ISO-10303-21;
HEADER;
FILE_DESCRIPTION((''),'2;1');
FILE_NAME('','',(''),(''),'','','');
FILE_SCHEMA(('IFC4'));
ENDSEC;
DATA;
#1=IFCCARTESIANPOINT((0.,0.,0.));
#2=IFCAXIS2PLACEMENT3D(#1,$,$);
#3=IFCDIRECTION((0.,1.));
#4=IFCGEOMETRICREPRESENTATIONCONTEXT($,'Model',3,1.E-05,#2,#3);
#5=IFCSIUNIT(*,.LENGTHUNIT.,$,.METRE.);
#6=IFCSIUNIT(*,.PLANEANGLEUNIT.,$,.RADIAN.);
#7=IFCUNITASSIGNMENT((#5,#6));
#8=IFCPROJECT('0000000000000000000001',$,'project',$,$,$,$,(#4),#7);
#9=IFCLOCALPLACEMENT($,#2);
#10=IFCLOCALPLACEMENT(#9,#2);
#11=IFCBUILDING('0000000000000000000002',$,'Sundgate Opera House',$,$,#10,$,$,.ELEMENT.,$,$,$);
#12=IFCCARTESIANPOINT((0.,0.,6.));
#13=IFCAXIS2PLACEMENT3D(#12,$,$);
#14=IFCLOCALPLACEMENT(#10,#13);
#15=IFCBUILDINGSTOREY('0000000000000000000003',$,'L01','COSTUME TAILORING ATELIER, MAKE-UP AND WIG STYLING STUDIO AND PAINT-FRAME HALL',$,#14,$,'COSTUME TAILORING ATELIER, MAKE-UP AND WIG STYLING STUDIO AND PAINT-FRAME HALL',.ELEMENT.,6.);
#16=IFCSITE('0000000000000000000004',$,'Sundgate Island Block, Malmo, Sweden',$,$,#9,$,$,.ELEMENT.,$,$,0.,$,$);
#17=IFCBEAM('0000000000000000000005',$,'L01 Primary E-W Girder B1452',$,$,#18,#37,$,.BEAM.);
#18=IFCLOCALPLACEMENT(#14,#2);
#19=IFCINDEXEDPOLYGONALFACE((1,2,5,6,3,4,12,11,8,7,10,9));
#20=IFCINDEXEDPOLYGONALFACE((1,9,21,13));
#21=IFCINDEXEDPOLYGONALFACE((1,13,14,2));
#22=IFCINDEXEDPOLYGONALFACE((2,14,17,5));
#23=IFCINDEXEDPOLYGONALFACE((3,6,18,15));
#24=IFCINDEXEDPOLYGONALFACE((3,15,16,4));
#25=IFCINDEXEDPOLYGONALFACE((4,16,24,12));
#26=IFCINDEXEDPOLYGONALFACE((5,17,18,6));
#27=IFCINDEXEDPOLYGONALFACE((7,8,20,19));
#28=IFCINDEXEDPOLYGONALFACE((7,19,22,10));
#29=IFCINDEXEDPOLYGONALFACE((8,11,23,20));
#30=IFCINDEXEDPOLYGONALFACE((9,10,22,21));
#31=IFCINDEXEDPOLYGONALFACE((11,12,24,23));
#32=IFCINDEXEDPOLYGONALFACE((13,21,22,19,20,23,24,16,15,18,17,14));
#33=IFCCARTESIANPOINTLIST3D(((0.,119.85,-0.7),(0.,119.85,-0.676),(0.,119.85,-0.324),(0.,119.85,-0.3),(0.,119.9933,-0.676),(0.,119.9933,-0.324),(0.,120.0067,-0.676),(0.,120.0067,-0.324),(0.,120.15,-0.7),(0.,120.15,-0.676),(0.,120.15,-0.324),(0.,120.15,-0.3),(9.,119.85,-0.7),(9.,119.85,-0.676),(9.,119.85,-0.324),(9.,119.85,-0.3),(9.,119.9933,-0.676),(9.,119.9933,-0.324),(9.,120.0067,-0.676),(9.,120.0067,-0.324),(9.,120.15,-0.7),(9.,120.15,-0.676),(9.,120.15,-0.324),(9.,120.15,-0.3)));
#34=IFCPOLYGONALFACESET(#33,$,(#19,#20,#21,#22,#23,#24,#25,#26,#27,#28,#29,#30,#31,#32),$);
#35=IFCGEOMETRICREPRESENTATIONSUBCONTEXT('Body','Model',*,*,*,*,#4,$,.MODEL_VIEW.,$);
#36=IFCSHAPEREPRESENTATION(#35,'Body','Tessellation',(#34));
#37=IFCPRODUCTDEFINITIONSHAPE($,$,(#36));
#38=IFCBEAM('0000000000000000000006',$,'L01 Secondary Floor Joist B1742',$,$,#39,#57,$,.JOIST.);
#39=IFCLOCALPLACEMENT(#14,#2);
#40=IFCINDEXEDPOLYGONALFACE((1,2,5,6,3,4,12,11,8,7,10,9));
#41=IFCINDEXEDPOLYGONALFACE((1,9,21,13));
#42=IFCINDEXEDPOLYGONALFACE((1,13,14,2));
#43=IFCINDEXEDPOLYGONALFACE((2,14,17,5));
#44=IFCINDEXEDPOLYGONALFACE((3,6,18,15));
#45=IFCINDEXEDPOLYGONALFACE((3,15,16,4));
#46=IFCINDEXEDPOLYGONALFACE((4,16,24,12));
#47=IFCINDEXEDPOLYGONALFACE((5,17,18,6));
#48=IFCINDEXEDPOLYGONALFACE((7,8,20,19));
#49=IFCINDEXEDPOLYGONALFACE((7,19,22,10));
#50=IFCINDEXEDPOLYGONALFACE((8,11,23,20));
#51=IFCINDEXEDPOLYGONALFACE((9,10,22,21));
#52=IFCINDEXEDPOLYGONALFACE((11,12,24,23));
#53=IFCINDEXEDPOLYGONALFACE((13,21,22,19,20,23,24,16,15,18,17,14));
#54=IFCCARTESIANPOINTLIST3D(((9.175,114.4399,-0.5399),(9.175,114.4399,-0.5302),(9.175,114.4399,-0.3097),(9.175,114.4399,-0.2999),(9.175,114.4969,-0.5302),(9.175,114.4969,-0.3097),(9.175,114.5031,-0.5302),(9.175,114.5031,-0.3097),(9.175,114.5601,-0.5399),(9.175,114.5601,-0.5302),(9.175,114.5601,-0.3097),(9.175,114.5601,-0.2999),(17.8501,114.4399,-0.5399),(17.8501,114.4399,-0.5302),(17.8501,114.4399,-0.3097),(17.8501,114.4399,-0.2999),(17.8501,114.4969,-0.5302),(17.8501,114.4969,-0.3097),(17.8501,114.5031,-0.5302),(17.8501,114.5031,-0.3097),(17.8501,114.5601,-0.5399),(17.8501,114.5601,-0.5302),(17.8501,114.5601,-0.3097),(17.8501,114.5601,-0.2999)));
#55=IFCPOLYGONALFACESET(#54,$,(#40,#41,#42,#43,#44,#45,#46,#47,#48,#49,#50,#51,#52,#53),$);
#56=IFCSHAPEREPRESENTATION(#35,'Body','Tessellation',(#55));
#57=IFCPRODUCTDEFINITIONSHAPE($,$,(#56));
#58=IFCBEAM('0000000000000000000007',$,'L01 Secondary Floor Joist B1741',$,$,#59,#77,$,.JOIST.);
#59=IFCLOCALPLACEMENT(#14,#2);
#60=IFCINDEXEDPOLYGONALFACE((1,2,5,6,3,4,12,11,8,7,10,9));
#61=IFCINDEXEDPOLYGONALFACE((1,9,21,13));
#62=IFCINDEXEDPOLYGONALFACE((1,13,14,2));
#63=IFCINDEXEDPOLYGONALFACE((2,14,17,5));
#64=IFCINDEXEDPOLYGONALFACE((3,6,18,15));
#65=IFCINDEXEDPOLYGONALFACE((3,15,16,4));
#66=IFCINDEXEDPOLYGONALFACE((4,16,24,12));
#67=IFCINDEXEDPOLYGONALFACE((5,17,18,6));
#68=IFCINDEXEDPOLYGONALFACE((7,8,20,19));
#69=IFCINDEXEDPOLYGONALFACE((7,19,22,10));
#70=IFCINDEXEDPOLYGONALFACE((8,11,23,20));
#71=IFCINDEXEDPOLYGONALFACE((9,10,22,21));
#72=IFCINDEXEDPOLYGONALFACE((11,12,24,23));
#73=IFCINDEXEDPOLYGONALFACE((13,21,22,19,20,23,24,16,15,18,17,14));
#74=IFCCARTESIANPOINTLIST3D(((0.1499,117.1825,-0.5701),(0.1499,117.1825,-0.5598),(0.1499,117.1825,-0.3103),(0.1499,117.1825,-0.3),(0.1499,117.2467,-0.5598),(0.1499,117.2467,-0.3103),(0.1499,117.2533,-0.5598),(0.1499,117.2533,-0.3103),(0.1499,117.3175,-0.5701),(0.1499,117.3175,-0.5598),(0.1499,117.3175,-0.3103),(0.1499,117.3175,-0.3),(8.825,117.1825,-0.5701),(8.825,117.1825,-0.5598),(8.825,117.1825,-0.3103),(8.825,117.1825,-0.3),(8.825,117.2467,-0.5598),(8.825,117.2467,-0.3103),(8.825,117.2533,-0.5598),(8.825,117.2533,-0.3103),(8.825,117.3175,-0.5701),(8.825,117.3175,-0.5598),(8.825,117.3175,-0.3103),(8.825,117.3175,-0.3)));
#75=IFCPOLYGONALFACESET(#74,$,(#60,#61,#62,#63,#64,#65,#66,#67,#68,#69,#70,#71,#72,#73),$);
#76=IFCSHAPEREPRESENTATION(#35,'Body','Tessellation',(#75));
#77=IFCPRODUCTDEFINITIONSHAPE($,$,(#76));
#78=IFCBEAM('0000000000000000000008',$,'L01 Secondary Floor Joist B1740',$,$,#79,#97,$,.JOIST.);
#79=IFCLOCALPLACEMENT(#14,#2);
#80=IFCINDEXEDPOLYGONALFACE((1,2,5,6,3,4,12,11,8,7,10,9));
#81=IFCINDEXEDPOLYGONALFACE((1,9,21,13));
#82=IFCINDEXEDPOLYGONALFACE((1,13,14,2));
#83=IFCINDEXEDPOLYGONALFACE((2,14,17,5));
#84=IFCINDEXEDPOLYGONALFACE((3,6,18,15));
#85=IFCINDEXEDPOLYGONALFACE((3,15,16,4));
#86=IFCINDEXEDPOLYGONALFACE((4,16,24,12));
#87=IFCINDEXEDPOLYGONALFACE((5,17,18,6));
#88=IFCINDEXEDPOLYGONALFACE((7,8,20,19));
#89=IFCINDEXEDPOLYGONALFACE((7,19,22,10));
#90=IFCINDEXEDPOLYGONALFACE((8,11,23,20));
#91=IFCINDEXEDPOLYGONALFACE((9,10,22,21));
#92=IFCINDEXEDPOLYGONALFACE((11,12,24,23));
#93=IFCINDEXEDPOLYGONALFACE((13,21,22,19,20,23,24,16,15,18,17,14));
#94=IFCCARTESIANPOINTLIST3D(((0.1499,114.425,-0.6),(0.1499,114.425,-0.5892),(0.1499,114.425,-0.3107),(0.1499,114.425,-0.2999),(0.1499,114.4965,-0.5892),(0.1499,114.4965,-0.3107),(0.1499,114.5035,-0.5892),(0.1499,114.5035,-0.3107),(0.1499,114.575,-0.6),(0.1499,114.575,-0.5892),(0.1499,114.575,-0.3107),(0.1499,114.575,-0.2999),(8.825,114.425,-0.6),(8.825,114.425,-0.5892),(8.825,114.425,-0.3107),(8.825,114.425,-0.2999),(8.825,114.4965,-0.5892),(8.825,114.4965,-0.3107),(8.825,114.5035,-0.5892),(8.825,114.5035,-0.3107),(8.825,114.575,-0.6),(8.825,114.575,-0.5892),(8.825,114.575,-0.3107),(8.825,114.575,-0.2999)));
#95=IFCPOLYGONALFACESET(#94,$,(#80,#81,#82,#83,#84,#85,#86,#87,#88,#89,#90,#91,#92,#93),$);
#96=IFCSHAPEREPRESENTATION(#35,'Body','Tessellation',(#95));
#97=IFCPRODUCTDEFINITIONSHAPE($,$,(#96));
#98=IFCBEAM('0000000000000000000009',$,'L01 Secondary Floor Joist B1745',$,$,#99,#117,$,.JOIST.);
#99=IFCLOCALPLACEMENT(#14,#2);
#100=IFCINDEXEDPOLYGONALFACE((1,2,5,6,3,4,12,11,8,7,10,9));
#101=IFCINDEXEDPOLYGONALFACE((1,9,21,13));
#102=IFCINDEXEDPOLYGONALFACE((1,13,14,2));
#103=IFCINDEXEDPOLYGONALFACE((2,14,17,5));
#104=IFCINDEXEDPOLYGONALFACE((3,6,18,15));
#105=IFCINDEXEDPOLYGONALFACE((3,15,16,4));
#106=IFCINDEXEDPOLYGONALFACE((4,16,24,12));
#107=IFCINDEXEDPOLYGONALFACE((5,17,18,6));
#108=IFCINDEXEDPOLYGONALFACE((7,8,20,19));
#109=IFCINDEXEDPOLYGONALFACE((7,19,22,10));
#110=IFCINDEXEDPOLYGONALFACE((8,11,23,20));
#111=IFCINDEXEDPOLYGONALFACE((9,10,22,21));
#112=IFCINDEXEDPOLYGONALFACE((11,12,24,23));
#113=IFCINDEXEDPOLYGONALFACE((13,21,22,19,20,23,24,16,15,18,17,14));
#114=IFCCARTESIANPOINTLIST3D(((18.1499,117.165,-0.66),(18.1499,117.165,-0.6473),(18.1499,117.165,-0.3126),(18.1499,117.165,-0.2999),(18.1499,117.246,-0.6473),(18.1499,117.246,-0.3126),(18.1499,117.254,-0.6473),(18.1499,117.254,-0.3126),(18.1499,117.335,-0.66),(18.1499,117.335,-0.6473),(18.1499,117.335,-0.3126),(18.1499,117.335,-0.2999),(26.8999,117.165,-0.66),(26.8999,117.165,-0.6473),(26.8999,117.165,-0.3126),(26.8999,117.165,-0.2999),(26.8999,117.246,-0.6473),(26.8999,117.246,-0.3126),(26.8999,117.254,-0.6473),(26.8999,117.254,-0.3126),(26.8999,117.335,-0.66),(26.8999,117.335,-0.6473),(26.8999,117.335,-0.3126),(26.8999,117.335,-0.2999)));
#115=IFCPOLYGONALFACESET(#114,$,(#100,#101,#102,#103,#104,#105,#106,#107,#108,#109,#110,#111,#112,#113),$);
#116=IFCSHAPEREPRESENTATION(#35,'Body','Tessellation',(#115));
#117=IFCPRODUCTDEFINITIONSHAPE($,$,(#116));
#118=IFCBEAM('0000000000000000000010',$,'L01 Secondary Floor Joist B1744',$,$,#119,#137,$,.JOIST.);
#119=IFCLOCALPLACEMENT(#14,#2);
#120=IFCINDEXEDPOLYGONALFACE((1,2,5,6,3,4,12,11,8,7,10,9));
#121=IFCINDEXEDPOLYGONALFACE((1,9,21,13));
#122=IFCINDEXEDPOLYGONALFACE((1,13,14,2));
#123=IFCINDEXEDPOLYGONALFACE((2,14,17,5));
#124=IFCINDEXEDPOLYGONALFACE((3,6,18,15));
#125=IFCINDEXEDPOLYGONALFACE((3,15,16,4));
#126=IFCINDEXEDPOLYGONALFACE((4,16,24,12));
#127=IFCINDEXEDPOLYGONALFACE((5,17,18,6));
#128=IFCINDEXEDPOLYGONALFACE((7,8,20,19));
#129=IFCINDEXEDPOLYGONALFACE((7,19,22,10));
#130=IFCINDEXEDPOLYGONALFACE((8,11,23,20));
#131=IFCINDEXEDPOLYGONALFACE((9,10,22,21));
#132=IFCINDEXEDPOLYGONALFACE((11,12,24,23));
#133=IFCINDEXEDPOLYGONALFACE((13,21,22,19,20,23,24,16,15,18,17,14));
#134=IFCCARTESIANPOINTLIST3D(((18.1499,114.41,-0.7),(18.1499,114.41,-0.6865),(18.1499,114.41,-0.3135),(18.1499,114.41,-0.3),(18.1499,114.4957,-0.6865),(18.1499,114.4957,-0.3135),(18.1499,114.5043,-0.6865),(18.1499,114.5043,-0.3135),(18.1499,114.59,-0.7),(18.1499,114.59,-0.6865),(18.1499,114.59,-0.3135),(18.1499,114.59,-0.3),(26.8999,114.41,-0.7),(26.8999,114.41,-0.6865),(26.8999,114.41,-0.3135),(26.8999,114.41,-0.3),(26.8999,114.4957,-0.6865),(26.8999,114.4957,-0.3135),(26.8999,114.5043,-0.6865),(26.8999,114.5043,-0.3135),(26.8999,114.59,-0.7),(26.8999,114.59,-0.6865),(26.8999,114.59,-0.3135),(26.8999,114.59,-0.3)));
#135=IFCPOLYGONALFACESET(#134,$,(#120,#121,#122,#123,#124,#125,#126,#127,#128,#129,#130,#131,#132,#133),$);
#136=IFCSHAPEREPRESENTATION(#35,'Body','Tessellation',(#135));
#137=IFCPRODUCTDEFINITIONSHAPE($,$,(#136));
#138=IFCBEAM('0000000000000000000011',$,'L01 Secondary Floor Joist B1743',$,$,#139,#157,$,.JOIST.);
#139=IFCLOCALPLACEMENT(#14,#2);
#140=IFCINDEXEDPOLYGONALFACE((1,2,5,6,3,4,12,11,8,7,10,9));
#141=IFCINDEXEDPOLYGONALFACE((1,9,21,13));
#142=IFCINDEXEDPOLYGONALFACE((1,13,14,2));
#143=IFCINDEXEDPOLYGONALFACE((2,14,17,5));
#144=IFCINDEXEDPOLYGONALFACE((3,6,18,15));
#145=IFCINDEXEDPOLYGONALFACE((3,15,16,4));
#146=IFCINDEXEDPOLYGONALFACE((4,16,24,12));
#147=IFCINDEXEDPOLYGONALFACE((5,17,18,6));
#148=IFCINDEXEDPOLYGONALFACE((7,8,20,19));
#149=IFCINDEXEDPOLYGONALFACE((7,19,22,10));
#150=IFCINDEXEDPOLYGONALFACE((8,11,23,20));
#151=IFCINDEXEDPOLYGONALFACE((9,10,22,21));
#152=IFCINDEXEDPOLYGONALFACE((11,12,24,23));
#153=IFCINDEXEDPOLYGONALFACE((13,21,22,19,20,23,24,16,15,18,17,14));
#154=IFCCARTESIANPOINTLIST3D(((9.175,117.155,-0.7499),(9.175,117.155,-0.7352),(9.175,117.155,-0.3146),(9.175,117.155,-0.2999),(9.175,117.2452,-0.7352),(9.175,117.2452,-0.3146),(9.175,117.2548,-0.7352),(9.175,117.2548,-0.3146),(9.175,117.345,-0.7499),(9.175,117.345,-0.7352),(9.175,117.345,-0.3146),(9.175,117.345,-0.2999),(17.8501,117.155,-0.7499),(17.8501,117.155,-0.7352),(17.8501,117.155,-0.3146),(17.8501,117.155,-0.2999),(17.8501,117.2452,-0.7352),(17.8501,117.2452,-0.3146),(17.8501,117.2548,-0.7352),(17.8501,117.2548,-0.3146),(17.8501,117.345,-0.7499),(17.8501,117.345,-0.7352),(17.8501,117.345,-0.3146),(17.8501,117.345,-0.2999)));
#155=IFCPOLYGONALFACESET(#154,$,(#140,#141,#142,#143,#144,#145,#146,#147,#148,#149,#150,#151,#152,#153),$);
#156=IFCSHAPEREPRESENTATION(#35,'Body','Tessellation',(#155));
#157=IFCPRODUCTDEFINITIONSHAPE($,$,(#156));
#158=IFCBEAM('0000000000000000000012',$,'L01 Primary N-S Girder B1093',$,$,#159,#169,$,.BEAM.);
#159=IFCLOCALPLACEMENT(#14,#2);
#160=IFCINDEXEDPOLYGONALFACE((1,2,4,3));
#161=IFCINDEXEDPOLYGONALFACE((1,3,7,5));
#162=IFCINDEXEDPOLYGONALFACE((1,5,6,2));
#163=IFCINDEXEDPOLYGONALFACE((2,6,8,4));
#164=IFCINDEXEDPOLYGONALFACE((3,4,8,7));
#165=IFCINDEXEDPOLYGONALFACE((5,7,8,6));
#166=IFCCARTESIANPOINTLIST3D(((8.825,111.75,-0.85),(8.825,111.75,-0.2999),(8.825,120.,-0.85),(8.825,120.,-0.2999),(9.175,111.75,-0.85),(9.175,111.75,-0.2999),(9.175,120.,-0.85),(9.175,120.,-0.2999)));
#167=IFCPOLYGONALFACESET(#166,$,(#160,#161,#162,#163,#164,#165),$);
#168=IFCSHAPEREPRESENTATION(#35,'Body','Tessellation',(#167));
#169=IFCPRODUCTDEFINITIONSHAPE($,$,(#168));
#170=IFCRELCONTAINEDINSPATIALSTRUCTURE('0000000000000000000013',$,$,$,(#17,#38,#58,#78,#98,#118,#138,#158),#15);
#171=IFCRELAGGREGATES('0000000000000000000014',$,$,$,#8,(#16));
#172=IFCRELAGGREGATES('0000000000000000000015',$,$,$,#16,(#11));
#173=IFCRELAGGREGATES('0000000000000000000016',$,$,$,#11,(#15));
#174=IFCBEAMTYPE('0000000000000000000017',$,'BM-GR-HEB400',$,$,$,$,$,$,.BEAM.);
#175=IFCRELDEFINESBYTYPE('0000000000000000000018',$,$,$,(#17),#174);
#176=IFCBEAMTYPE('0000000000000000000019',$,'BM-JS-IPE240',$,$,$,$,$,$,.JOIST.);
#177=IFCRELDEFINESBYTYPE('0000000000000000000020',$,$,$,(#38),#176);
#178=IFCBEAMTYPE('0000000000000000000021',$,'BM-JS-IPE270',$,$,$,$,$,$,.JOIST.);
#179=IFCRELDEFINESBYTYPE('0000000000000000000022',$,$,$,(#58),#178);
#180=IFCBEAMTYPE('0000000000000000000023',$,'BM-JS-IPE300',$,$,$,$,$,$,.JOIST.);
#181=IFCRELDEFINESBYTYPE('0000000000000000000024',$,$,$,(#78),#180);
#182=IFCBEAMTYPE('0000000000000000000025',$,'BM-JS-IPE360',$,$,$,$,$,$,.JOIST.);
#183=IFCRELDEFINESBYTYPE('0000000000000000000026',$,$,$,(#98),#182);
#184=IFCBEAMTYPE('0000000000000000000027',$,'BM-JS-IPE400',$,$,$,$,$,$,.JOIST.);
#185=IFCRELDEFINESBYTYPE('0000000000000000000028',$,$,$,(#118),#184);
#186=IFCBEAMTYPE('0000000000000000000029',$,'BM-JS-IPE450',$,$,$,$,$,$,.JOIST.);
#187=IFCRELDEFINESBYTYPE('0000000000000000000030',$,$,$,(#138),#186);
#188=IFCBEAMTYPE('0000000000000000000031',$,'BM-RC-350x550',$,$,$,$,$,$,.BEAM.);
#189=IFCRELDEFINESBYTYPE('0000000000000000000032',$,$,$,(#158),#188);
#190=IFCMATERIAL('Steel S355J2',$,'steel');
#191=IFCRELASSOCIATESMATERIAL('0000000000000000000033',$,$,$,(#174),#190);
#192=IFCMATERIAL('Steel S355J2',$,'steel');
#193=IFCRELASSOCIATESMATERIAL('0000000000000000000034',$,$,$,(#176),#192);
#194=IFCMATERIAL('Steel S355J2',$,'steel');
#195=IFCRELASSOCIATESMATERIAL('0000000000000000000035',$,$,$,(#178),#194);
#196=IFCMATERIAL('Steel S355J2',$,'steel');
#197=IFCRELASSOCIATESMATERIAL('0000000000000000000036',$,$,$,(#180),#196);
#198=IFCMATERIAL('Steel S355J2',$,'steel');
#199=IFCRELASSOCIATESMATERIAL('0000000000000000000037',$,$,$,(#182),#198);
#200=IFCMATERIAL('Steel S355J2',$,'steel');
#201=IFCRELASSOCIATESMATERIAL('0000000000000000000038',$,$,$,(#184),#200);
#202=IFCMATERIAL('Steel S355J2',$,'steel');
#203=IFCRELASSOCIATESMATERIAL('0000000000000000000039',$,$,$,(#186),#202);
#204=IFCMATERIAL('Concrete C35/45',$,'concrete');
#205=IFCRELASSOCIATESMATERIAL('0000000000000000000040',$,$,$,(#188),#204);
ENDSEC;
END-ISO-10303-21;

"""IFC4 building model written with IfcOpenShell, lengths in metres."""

from ifc_helpers import new_model, si_unit, direction, frame, origin, origin_2d, place, context, subcontext, project, spatial, rectangle, i_section, extrude, material, material_profile, profile_set, type_object, element, save


model = new_model("IFC4")

# Units and contexts
model_context = context("Model", 3, precision=1e-05, world=origin(), true_north=direction((0.0, 1.0)))
body_context = subcontext(model_context, "Body", "Model", "MODEL_VIEW")
ifc_project = project(units=[si_unit("LENGTHUNIT", "METRE"), si_unit("PLANEANGLEUNIT", "RADIAN")], contexts=[model_context])

# Site, building, storey
site_placement = place(None, origin())
site = spatial("IfcSite", under=ifc_project, at=site_placement, Name="Sundgate Island Block, Malmo, Sweden", CompositionType="ELEMENT", RefElevation=0.0)
building_placement = place(site_placement, origin())
building = spatial("IfcBuilding", under=site, at=building_placement, Name="Sundgate Opera House", CompositionType="ELEMENT")
storey_placement = place(building_placement, frame((0.0, 0.0, 6.0)))
storey = spatial("IfcBuildingStorey", under=building, at=storey_placement, Name="L01", Description="COSTUME TAILORING ATELIER, MAKE-UP AND WIG STYLING STUDIO AND PAINT-FRAME HALL", LongName="COSTUME TAILORING ATELIER, MAKE-UP AND WIG STYLING STUDIO AND PAINT-FRAME HALL", CompositionType="ELEMENT", Elevation=6.0)

# Beams
ifc_material_1 = material(Name="Steel S355J2", Category="steel")
ifc_material_profile_1 = material_profile(ifc_material_1, i_section(OverallWidth=0.3, OverallDepth=0.3999, WebThickness=0.0134, FlangeThickness=0.0239, at=origin_2d()), Name="HEB 400")
ifc_profile_set_1 = profile_set([ifc_material_profile_1], Name="Steel S355J2")
beam_type_1 = type_object("IfcBeamType", Name="BM-GR-HEB400", PredefinedType="BEAM", material=ifc_profile_set_1)
beam_1_placement = place(storey_placement, frame((0.0, 120.0, -0.5), z_axis=(1.0, 0.0, 0.0), x_axis=(0.0, 1.0, 0.0)))
element("IfcBeam", 1, at=beam_1_placement, inside=storey, type_object=beam_type_1, Name="L01 Primary E-W Girder B1452", PredefinedType="BEAM", context=body_context, shape_type="SweptSolid", body=[
    extrude(i_section(OverallWidth=0.3, OverallDepth=0.3999, WebThickness=0.0134, FlangeThickness=0.0239, at=origin_2d()), origin(), (0.0, 0.0, 1.0), 9.0),
])
ifc_material_2 = material(Name="Steel S355J2", Category="steel")
ifc_material_profile_2 = material_profile(ifc_material_2, i_section(OverallWidth=0.1201, OverallDepth=0.24, WebThickness=0.0061, FlangeThickness=0.0098, at=origin_2d()), Name="IPE 240")
ifc_profile_set_2 = profile_set([ifc_material_profile_2], Name="Steel S355J2")
beam_type_2 = type_object("IfcBeamType", Name="BM-JS-IPE240", PredefinedType="JOIST", material=ifc_profile_set_2)
beam_2_placement = place(storey_placement, frame((9.175, 114.5, -0.4199), z_axis=(1.0, 0.0, 0.0), x_axis=(0.0, 1.0, 0.0)))
element("IfcBeam", 2, at=beam_2_placement, inside=storey, type_object=beam_type_2, Name="L01 Secondary Floor Joist B1742", PredefinedType="JOIST", context=body_context, shape_type="SweptSolid", body=[
    extrude(i_section(OverallWidth=0.1201, OverallDepth=0.24, WebThickness=0.0061, FlangeThickness=0.0098, at=origin_2d()), origin(), (0.0, 0.0, 1.0), 8.675),
])
ifc_material_3 = material(Name="Steel S355J2", Category="steel")
ifc_material_profile_3 = material_profile(ifc_material_3, i_section(OverallWidth=0.135, OverallDepth=0.27, WebThickness=0.0066, FlangeThickness=0.0103, at=origin_2d()), Name="IPE 270")
ifc_profile_set_3 = profile_set([ifc_material_profile_3], Name="Steel S355J2")
beam_type_3 = type_object("IfcBeamType", Name="BM-JS-IPE270", PredefinedType="JOIST", material=ifc_profile_set_3)
beam_3_placement = place(storey_placement, frame((0.1499, 117.25, -0.4351), z_axis=(1.0, 0.0, 0.0), x_axis=(0.0, 1.0, 0.0)))
element("IfcBeam", 3, at=beam_3_placement, inside=storey, type_object=beam_type_3, Name="L01 Secondary Floor Joist B1741", PredefinedType="JOIST", context=body_context, shape_type="SweptSolid", body=[
    extrude(i_section(OverallWidth=0.135, OverallDepth=0.27, WebThickness=0.0066, FlangeThickness=0.0103, at=origin_2d()), origin(), (0.0, 0.0, 1.0), 8.675),
])
ifc_material_4 = material(Name="Steel S355J2", Category="steel")
ifc_material_profile_4 = material_profile(ifc_material_4, i_section(OverallWidth=0.1499, OverallDepth=0.3, WebThickness=0.0071, FlangeThickness=0.0107, at=origin_2d()), Name="IPE 300")
ifc_profile_set_4 = profile_set([ifc_material_profile_4], Name="Steel S355J2")
beam_type_4 = type_object("IfcBeamType", Name="BM-JS-IPE300", PredefinedType="JOIST", material=ifc_profile_set_4)
beam_4_placement = place(storey_placement, frame((0.1499, 114.5, -0.45), z_axis=(1.0, 0.0, 0.0), x_axis=(0.0, 1.0, 0.0)))
element("IfcBeam", 4, at=beam_4_placement, inside=storey, type_object=beam_type_4, Name="L01 Secondary Floor Joist B1740", PredefinedType="JOIST", context=body_context, shape_type="SweptSolid", body=[
    extrude(i_section(OverallWidth=0.1499, OverallDepth=0.3, WebThickness=0.0071, FlangeThickness=0.0107, at=origin_2d()), origin(), (0.0, 0.0, 1.0), 8.675),
])
ifc_material_5 = material(Name="Steel S355J2", Category="steel")
ifc_material_profile_5 = material_profile(ifc_material_5, i_section(OverallWidth=0.1699, OverallDepth=0.3601, WebThickness=0.0081, FlangeThickness=0.0127, at=origin_2d()), Name="IPE 360")
ifc_profile_set_5 = profile_set([ifc_material_profile_5], Name="Steel S355J2")
beam_type_5 = type_object("IfcBeamType", Name="BM-JS-IPE360", PredefinedType="JOIST", material=ifc_profile_set_5)
beam_5_placement = place(storey_placement, frame((18.1499, 117.25, -0.48), z_axis=(1.0, 0.0, 0.0), x_axis=(0.0, 1.0, 0.0)))
element("IfcBeam", 5, at=beam_5_placement, inside=storey, type_object=beam_type_5, Name="L01 Secondary Floor Joist B1745", PredefinedType="JOIST", context=body_context, shape_type="SweptSolid", body=[
    extrude(i_section(OverallWidth=0.1699, OverallDepth=0.3601, WebThickness=0.0081, FlangeThickness=0.0127, at=origin_2d()), origin(), (0.0, 0.0, 1.0), 8.75),
])
ifc_material_6 = material(Name="Steel S355J2", Category="steel")
ifc_material_profile_6 = material_profile(ifc_material_6, i_section(OverallWidth=0.1799, OverallDepth=0.3999, WebThickness=0.0085, FlangeThickness=0.0134, at=origin_2d()), Name="IPE 400")
ifc_profile_set_6 = profile_set([ifc_material_profile_6], Name="Steel S355J2")
beam_type_6 = type_object("IfcBeamType", Name="BM-JS-IPE400", PredefinedType="JOIST", material=ifc_profile_set_6)
beam_6_placement = place(storey_placement, frame((18.1499, 114.5, -0.5), z_axis=(1.0, 0.0, 0.0), x_axis=(0.0, 1.0, 0.0)))
element("IfcBeam", 6, at=beam_6_placement, inside=storey, type_object=beam_type_6, Name="L01 Secondary Floor Joist B1744", PredefinedType="JOIST", context=body_context, shape_type="SweptSolid", body=[
    extrude(i_section(OverallWidth=0.1799, OverallDepth=0.3999, WebThickness=0.0085, FlangeThickness=0.0134, at=origin_2d()), origin(), (0.0, 0.0, 1.0), 8.75),
])
ifc_material_7 = material(Name="Steel S355J2", Category="steel")
ifc_material_profile_7 = material_profile(ifc_material_7, i_section(OverallWidth=0.1899, OverallDepth=0.45, WebThickness=0.0095, FlangeThickness=0.0146, at=origin_2d()), Name="IPE 450")
ifc_profile_set_7 = profile_set([ifc_material_profile_7], Name="Steel S355J2")
beam_type_7 = type_object("IfcBeamType", Name="BM-JS-IPE450", PredefinedType="JOIST", material=ifc_profile_set_7)
beam_7_placement = place(storey_placement, frame((9.175, 117.25, -0.5249), z_axis=(1.0, 0.0, 0.0), x_axis=(0.0, 1.0, 0.0)))
element("IfcBeam", 7, at=beam_7_placement, inside=storey, type_object=beam_type_7, Name="L01 Secondary Floor Joist B1743", PredefinedType="JOIST", context=body_context, shape_type="SweptSolid", body=[
    extrude(i_section(OverallWidth=0.1899, OverallDepth=0.45, WebThickness=0.0095, FlangeThickness=0.0146, at=origin_2d()), origin(), (0.0, 0.0, 1.0), 8.675),
])
ifc_material_8 = material(Name="Concrete C35/45", Category="concrete")
ifc_material_profile_8 = material_profile(ifc_material_8, rectangle(XDim=0.3501, YDim=0.55, at=origin_2d()), Name="RC 350x550")
ifc_profile_set_8 = profile_set([ifc_material_profile_8], Name="Concrete C35/45")
beam_type_8 = type_object("IfcBeamType", Name="BM-RC-350x550", PredefinedType="BEAM", material=ifc_profile_set_8)
beam_8_placement = place(storey_placement, frame((9.0, 111.75, -0.575), z_axis=(0.0, 1.0, 0.0), x_axis=(-1.0, 0.0, 0.0)))
element("IfcBeam", 8, at=beam_8_placement, inside=storey, type_object=beam_type_8, Name="L01 Primary N-S Girder B1093", PredefinedType="BEAM", context=body_context, shape_type="SweptSolid", body=[
    extrude(rectangle(XDim=0.3501, YDim=0.55, at=origin_2d()), origin(), (0.0, 0.0, 1.0), 8.25),
])

save(model, "model.ifc")
